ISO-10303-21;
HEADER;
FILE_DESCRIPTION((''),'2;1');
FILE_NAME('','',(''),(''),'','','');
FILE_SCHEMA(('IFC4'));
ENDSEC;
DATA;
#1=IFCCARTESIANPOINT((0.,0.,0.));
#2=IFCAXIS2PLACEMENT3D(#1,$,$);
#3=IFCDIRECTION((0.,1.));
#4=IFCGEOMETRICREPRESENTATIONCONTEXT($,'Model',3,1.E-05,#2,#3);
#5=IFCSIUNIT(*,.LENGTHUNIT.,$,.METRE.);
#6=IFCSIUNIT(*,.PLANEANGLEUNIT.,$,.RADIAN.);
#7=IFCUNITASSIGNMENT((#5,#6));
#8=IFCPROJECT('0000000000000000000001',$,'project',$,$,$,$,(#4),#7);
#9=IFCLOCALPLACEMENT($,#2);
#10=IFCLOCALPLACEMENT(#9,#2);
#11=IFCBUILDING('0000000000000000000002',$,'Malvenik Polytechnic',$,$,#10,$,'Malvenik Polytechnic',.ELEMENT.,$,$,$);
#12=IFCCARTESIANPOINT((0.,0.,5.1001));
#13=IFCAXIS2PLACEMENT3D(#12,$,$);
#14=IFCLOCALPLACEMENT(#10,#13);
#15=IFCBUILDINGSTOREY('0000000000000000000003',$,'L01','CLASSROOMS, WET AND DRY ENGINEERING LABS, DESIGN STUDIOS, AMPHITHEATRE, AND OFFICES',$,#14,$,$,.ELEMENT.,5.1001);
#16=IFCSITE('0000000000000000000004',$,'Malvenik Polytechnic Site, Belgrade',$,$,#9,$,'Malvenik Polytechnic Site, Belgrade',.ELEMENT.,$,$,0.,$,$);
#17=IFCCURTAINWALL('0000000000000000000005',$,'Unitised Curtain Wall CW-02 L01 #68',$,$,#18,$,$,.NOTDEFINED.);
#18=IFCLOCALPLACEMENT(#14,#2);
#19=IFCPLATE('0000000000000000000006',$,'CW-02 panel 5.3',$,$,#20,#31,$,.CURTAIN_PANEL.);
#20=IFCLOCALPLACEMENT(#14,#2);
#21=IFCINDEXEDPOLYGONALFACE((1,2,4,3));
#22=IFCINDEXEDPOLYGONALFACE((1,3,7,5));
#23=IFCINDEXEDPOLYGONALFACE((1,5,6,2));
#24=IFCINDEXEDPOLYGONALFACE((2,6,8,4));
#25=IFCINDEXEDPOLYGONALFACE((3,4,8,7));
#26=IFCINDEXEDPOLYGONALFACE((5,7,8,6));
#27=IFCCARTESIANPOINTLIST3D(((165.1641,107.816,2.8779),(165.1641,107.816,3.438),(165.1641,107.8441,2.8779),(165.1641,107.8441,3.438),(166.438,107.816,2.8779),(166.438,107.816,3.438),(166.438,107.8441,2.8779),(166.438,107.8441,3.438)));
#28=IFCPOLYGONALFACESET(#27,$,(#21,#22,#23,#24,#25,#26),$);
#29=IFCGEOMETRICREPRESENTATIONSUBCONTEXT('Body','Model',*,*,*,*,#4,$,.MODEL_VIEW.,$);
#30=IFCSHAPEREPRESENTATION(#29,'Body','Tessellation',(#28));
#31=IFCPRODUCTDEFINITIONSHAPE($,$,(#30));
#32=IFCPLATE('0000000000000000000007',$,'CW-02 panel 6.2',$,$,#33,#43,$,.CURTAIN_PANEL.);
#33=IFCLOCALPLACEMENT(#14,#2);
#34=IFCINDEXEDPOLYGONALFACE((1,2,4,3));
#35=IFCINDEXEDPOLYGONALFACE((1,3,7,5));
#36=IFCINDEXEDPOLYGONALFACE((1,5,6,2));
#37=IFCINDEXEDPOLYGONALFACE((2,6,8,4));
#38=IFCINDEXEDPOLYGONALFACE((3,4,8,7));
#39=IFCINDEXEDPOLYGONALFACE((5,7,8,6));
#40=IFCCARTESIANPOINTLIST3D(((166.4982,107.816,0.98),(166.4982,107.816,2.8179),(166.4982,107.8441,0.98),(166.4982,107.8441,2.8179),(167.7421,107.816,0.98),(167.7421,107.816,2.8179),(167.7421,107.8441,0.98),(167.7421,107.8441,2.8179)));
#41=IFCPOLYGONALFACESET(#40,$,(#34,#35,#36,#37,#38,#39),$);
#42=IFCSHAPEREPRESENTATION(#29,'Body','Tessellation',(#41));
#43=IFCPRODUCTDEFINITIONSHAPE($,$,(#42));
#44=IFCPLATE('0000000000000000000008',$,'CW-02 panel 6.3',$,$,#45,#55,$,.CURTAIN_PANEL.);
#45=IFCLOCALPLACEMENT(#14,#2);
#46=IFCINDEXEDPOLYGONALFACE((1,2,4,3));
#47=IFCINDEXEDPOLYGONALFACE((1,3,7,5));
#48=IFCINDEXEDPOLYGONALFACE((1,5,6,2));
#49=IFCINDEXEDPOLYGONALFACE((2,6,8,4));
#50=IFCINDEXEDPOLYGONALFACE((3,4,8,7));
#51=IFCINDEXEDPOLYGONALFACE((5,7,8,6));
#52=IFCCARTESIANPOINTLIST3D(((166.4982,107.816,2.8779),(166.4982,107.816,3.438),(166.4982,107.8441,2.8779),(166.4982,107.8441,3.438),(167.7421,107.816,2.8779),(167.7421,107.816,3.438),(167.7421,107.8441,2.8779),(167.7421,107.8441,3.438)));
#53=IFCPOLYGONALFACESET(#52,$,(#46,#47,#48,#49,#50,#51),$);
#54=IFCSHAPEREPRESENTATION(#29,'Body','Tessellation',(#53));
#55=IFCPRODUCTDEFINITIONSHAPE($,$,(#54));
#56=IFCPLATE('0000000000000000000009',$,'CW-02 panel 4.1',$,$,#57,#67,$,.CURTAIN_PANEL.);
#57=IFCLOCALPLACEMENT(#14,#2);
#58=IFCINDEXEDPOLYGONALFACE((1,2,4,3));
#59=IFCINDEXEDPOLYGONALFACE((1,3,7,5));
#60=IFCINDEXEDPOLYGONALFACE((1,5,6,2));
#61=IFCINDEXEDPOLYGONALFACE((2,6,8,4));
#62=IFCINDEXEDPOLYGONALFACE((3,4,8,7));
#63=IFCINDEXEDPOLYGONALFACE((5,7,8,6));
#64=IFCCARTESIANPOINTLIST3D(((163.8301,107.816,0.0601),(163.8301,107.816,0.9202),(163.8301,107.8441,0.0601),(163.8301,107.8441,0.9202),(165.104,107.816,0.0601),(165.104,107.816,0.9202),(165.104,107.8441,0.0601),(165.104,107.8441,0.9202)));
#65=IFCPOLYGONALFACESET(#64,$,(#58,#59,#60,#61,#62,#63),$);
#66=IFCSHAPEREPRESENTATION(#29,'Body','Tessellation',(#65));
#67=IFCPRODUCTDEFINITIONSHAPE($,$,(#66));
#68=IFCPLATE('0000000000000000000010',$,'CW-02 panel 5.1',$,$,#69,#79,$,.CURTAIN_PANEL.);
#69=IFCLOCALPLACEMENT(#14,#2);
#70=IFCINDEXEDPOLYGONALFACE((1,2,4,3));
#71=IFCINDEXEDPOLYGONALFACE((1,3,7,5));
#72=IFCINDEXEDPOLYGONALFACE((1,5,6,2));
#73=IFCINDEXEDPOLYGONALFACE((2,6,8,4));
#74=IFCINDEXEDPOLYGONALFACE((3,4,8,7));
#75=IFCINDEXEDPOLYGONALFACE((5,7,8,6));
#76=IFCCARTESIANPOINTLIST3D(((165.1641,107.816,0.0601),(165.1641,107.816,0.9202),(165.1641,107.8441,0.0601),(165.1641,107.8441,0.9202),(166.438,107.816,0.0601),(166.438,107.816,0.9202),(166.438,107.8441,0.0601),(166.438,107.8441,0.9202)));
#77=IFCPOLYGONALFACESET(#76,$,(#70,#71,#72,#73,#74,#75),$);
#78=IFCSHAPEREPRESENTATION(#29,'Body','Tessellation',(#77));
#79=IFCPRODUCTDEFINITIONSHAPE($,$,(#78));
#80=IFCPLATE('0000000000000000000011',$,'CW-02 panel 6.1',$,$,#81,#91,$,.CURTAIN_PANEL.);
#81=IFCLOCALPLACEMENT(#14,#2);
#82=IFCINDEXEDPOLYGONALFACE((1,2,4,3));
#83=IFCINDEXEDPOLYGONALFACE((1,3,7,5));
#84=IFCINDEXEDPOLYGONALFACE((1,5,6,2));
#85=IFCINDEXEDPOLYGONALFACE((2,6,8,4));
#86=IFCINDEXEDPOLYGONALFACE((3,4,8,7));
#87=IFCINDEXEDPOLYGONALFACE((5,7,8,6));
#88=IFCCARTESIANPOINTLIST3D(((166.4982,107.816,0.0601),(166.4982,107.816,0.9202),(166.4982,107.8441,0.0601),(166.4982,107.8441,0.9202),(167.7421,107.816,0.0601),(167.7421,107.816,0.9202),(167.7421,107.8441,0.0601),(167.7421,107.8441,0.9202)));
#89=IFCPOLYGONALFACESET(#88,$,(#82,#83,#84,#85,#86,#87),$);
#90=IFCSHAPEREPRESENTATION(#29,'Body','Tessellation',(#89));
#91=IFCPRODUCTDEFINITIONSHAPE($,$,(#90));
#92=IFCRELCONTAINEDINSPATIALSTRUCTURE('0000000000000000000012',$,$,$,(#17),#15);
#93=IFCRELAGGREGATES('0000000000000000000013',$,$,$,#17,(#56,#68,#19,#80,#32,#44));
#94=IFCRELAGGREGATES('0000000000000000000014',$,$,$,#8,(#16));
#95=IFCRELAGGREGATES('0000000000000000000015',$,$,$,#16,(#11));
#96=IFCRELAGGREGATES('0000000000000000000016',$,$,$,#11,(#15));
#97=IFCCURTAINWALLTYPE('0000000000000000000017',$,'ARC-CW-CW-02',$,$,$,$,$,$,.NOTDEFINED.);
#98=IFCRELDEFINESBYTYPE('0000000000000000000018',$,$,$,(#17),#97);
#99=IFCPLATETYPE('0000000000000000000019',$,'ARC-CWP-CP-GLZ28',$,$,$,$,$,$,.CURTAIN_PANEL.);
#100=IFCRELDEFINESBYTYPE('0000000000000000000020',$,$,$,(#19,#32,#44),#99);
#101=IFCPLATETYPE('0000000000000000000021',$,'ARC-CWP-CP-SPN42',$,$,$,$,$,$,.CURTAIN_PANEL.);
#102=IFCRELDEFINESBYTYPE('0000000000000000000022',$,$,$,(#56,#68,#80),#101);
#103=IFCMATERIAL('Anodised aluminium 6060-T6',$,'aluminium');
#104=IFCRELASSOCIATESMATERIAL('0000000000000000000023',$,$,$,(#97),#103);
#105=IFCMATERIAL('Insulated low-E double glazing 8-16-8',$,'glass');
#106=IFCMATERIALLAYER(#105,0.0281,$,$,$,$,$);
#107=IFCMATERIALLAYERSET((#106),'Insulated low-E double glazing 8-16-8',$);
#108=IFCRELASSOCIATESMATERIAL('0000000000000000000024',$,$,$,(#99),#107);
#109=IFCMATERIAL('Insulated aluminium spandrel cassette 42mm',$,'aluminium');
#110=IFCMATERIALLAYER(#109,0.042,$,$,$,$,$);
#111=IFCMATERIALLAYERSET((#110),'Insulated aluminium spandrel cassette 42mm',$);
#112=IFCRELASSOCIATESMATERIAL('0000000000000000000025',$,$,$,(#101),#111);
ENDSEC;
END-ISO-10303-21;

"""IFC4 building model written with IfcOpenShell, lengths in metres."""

from ifc_helpers import new_model, si_unit, direction, frame, origin, origin_2d, place, context, subcontext, project, spatial, rectangle, extrude, material, layer, layer_set, type_object, element, aggregate, save


model = new_model("IFC4")

# Units and contexts
model_context = context("Model", 3, precision=1e-05, world=origin(), true_north=direction((0.0, 1.0)))
body_context = subcontext(model_context, "Body", "Model", "MODEL_VIEW")
ifc_project = project(units=[si_unit("LENGTHUNIT", "METRE"), si_unit("PLANEANGLEUNIT", "RADIAN")], contexts=[model_context])

# Site, building, storey
site_placement = place(None, origin())
site = spatial("IfcSite", under=ifc_project, at=site_placement, Name="Malvenik Polytechnic Site, Belgrade", LongName="Malvenik Polytechnic Site, Belgrade", CompositionType="ELEMENT", RefElevation=0.0)
building_placement = place(site_placement, origin())
building = spatial("IfcBuilding", under=site, at=building_placement, Name="Malvenik Polytechnic", LongName="Malvenik Polytechnic", CompositionType="ELEMENT")
storey_placement = place(building_placement, frame((0.0, 0.0, 5.1001)))
storey = spatial("IfcBuildingStorey", under=building, at=storey_placement, Name="L01", Description="CLASSROOMS, WET AND DRY ENGINEERING LABS, DESIGN STUDIOS, AMPHITHEATRE, AND OFFICES", CompositionType="ELEMENT", Elevation=5.1001)

# Curtain wall, plates
ifc_material_1 = material(Name="Anodised aluminium 6060-T6", Category="aluminium")
curtain_wall_type = type_object("IfcCurtainWallType", Name="ARC-CW-CW-02", PredefinedType="NOTDEFINED", material=ifc_material_1)
curtain_wall_placement = place(storey_placement, origin())
curtain_wall = element("IfcCurtainWall", 1, at=curtain_wall_placement, inside=storey, type_object=curtain_wall_type, Name="Unitised Curtain Wall CW-02 L01 #68", PredefinedType="NOTDEFINED")
ifc_material_2 = material(Name="Insulated low-E double glazing 8-16-8", Category="glass")
ifc_layer_1 = layer(ifc_material_2, 0.0281)
ifc_layer_set_1 = layer_set([ifc_layer_1], Name="Insulated low-E double glazing 8-16-8")
plate_type_1 = type_object("IfcPlateType", Name="ARC-CWP-CP-GLZ28", PredefinedType="CURTAIN_PANEL", material=ifc_layer_set_1)
plate_1_placement = place(storey_placement, frame((165.801, 107.8301, 2.8779), z_axis=(0.0, 0.0, 1.0), x_axis=(1.0, 0.0, 0.0)))
plate_1 = element("IfcPlate", 2, at=plate_1_placement, type_object=plate_type_1, Name="CW-02 panel 5.3", PredefinedType="CURTAIN_PANEL", context=body_context, shape_type="SweptSolid", body=[
    extrude(rectangle(XDim=1.2739, YDim=0.0281, at=origin_2d()), origin(), (0.0, 0.0, 1.0), 0.5601),
])
plate_2_placement = place(storey_placement, frame((167.1201, 107.8301, 0.98), z_axis=(0.0, 0.0, 1.0), x_axis=(1.0, 0.0, 0.0)))
plate_2 = element("IfcPlate", 3, at=plate_2_placement, type_object=plate_type_1, Name="CW-02 panel 6.2", PredefinedType="CURTAIN_PANEL", context=body_context, shape_type="SweptSolid", body=[
    extrude(rectangle(XDim=1.2439, YDim=0.0281, at=origin_2d()), origin(), (0.0, 0.0, 1.0), 1.8379),
])
plate_3_placement = place(storey_placement, frame((167.1201, 107.8301, 2.8779), z_axis=(0.0, 0.0, 1.0), x_axis=(1.0, 0.0, 0.0)))
plate_3 = element("IfcPlate", 4, at=plate_3_placement, type_object=plate_type_1, Name="CW-02 panel 6.3", PredefinedType="CURTAIN_PANEL", context=body_context, shape_type="SweptSolid", body=[
    extrude(rectangle(XDim=1.2439, YDim=0.0281, at=origin_2d()), origin(), (0.0, 0.0, 1.0), 0.5601),
])
ifc_material_3 = material(Name="Insulated aluminium spandrel cassette 42mm", Category="aluminium")
ifc_layer_2 = layer(ifc_material_3, 0.042)
ifc_layer_set_2 = layer_set([ifc_layer_2], Name="Insulated aluminium spandrel cassette 42mm")
plate_type_2 = type_object("IfcPlateType", Name="ARC-CWP-CP-SPN42", PredefinedType="CURTAIN_PANEL", material=ifc_layer_set_2)
plate_4_placement = place(storey_placement, frame((164.467, 107.8301, 0.0601), z_axis=(0.0, 0.0, 1.0), x_axis=(1.0, 0.0, 0.0)))
plate_4 = element("IfcPlate", 5, at=plate_4_placement, type_object=plate_type_2, Name="CW-02 panel 4.1", PredefinedType="CURTAIN_PANEL", context=body_context, shape_type="SweptSolid", body=[
    extrude(rectangle(XDim=1.2739, YDim=0.0281, at=origin_2d()), origin(), (0.0, 0.0, 1.0), 0.8601),
])
plate_5_placement = place(storey_placement, frame((165.801, 107.8301, 0.0601), z_axis=(0.0, 0.0, 1.0), x_axis=(1.0, 0.0, 0.0)))
plate_5 = element("IfcPlate", 6, at=plate_5_placement, type_object=plate_type_2, Name="CW-02 panel 5.1", PredefinedType="CURTAIN_PANEL", context=body_context, shape_type="SweptSolid", body=[
    extrude(rectangle(XDim=1.2739, YDim=0.0281, at=origin_2d()), origin(), (0.0, 0.0, 1.0), 0.8601),
])
plate_6_placement = place(storey_placement, frame((167.1201, 107.8301, 0.0601), z_axis=(0.0, 0.0, 1.0), x_axis=(1.0, 0.0, 0.0)))
plate_6 = element("IfcPlate", 7, at=plate_6_placement, type_object=plate_type_2, Name="CW-02 panel 6.1", PredefinedType="CURTAIN_PANEL", context=body_context, shape_type="SweptSolid", body=[
    extrude(rectangle(XDim=1.2439, YDim=0.0281, at=origin_2d()), origin(), (0.0, 0.0, 1.0), 0.8601),
])
aggregate(curtain_wall, [plate_4, plate_5, plate_1, plate_6, plate_2, plate_3])

save(model, "model.ifc")
